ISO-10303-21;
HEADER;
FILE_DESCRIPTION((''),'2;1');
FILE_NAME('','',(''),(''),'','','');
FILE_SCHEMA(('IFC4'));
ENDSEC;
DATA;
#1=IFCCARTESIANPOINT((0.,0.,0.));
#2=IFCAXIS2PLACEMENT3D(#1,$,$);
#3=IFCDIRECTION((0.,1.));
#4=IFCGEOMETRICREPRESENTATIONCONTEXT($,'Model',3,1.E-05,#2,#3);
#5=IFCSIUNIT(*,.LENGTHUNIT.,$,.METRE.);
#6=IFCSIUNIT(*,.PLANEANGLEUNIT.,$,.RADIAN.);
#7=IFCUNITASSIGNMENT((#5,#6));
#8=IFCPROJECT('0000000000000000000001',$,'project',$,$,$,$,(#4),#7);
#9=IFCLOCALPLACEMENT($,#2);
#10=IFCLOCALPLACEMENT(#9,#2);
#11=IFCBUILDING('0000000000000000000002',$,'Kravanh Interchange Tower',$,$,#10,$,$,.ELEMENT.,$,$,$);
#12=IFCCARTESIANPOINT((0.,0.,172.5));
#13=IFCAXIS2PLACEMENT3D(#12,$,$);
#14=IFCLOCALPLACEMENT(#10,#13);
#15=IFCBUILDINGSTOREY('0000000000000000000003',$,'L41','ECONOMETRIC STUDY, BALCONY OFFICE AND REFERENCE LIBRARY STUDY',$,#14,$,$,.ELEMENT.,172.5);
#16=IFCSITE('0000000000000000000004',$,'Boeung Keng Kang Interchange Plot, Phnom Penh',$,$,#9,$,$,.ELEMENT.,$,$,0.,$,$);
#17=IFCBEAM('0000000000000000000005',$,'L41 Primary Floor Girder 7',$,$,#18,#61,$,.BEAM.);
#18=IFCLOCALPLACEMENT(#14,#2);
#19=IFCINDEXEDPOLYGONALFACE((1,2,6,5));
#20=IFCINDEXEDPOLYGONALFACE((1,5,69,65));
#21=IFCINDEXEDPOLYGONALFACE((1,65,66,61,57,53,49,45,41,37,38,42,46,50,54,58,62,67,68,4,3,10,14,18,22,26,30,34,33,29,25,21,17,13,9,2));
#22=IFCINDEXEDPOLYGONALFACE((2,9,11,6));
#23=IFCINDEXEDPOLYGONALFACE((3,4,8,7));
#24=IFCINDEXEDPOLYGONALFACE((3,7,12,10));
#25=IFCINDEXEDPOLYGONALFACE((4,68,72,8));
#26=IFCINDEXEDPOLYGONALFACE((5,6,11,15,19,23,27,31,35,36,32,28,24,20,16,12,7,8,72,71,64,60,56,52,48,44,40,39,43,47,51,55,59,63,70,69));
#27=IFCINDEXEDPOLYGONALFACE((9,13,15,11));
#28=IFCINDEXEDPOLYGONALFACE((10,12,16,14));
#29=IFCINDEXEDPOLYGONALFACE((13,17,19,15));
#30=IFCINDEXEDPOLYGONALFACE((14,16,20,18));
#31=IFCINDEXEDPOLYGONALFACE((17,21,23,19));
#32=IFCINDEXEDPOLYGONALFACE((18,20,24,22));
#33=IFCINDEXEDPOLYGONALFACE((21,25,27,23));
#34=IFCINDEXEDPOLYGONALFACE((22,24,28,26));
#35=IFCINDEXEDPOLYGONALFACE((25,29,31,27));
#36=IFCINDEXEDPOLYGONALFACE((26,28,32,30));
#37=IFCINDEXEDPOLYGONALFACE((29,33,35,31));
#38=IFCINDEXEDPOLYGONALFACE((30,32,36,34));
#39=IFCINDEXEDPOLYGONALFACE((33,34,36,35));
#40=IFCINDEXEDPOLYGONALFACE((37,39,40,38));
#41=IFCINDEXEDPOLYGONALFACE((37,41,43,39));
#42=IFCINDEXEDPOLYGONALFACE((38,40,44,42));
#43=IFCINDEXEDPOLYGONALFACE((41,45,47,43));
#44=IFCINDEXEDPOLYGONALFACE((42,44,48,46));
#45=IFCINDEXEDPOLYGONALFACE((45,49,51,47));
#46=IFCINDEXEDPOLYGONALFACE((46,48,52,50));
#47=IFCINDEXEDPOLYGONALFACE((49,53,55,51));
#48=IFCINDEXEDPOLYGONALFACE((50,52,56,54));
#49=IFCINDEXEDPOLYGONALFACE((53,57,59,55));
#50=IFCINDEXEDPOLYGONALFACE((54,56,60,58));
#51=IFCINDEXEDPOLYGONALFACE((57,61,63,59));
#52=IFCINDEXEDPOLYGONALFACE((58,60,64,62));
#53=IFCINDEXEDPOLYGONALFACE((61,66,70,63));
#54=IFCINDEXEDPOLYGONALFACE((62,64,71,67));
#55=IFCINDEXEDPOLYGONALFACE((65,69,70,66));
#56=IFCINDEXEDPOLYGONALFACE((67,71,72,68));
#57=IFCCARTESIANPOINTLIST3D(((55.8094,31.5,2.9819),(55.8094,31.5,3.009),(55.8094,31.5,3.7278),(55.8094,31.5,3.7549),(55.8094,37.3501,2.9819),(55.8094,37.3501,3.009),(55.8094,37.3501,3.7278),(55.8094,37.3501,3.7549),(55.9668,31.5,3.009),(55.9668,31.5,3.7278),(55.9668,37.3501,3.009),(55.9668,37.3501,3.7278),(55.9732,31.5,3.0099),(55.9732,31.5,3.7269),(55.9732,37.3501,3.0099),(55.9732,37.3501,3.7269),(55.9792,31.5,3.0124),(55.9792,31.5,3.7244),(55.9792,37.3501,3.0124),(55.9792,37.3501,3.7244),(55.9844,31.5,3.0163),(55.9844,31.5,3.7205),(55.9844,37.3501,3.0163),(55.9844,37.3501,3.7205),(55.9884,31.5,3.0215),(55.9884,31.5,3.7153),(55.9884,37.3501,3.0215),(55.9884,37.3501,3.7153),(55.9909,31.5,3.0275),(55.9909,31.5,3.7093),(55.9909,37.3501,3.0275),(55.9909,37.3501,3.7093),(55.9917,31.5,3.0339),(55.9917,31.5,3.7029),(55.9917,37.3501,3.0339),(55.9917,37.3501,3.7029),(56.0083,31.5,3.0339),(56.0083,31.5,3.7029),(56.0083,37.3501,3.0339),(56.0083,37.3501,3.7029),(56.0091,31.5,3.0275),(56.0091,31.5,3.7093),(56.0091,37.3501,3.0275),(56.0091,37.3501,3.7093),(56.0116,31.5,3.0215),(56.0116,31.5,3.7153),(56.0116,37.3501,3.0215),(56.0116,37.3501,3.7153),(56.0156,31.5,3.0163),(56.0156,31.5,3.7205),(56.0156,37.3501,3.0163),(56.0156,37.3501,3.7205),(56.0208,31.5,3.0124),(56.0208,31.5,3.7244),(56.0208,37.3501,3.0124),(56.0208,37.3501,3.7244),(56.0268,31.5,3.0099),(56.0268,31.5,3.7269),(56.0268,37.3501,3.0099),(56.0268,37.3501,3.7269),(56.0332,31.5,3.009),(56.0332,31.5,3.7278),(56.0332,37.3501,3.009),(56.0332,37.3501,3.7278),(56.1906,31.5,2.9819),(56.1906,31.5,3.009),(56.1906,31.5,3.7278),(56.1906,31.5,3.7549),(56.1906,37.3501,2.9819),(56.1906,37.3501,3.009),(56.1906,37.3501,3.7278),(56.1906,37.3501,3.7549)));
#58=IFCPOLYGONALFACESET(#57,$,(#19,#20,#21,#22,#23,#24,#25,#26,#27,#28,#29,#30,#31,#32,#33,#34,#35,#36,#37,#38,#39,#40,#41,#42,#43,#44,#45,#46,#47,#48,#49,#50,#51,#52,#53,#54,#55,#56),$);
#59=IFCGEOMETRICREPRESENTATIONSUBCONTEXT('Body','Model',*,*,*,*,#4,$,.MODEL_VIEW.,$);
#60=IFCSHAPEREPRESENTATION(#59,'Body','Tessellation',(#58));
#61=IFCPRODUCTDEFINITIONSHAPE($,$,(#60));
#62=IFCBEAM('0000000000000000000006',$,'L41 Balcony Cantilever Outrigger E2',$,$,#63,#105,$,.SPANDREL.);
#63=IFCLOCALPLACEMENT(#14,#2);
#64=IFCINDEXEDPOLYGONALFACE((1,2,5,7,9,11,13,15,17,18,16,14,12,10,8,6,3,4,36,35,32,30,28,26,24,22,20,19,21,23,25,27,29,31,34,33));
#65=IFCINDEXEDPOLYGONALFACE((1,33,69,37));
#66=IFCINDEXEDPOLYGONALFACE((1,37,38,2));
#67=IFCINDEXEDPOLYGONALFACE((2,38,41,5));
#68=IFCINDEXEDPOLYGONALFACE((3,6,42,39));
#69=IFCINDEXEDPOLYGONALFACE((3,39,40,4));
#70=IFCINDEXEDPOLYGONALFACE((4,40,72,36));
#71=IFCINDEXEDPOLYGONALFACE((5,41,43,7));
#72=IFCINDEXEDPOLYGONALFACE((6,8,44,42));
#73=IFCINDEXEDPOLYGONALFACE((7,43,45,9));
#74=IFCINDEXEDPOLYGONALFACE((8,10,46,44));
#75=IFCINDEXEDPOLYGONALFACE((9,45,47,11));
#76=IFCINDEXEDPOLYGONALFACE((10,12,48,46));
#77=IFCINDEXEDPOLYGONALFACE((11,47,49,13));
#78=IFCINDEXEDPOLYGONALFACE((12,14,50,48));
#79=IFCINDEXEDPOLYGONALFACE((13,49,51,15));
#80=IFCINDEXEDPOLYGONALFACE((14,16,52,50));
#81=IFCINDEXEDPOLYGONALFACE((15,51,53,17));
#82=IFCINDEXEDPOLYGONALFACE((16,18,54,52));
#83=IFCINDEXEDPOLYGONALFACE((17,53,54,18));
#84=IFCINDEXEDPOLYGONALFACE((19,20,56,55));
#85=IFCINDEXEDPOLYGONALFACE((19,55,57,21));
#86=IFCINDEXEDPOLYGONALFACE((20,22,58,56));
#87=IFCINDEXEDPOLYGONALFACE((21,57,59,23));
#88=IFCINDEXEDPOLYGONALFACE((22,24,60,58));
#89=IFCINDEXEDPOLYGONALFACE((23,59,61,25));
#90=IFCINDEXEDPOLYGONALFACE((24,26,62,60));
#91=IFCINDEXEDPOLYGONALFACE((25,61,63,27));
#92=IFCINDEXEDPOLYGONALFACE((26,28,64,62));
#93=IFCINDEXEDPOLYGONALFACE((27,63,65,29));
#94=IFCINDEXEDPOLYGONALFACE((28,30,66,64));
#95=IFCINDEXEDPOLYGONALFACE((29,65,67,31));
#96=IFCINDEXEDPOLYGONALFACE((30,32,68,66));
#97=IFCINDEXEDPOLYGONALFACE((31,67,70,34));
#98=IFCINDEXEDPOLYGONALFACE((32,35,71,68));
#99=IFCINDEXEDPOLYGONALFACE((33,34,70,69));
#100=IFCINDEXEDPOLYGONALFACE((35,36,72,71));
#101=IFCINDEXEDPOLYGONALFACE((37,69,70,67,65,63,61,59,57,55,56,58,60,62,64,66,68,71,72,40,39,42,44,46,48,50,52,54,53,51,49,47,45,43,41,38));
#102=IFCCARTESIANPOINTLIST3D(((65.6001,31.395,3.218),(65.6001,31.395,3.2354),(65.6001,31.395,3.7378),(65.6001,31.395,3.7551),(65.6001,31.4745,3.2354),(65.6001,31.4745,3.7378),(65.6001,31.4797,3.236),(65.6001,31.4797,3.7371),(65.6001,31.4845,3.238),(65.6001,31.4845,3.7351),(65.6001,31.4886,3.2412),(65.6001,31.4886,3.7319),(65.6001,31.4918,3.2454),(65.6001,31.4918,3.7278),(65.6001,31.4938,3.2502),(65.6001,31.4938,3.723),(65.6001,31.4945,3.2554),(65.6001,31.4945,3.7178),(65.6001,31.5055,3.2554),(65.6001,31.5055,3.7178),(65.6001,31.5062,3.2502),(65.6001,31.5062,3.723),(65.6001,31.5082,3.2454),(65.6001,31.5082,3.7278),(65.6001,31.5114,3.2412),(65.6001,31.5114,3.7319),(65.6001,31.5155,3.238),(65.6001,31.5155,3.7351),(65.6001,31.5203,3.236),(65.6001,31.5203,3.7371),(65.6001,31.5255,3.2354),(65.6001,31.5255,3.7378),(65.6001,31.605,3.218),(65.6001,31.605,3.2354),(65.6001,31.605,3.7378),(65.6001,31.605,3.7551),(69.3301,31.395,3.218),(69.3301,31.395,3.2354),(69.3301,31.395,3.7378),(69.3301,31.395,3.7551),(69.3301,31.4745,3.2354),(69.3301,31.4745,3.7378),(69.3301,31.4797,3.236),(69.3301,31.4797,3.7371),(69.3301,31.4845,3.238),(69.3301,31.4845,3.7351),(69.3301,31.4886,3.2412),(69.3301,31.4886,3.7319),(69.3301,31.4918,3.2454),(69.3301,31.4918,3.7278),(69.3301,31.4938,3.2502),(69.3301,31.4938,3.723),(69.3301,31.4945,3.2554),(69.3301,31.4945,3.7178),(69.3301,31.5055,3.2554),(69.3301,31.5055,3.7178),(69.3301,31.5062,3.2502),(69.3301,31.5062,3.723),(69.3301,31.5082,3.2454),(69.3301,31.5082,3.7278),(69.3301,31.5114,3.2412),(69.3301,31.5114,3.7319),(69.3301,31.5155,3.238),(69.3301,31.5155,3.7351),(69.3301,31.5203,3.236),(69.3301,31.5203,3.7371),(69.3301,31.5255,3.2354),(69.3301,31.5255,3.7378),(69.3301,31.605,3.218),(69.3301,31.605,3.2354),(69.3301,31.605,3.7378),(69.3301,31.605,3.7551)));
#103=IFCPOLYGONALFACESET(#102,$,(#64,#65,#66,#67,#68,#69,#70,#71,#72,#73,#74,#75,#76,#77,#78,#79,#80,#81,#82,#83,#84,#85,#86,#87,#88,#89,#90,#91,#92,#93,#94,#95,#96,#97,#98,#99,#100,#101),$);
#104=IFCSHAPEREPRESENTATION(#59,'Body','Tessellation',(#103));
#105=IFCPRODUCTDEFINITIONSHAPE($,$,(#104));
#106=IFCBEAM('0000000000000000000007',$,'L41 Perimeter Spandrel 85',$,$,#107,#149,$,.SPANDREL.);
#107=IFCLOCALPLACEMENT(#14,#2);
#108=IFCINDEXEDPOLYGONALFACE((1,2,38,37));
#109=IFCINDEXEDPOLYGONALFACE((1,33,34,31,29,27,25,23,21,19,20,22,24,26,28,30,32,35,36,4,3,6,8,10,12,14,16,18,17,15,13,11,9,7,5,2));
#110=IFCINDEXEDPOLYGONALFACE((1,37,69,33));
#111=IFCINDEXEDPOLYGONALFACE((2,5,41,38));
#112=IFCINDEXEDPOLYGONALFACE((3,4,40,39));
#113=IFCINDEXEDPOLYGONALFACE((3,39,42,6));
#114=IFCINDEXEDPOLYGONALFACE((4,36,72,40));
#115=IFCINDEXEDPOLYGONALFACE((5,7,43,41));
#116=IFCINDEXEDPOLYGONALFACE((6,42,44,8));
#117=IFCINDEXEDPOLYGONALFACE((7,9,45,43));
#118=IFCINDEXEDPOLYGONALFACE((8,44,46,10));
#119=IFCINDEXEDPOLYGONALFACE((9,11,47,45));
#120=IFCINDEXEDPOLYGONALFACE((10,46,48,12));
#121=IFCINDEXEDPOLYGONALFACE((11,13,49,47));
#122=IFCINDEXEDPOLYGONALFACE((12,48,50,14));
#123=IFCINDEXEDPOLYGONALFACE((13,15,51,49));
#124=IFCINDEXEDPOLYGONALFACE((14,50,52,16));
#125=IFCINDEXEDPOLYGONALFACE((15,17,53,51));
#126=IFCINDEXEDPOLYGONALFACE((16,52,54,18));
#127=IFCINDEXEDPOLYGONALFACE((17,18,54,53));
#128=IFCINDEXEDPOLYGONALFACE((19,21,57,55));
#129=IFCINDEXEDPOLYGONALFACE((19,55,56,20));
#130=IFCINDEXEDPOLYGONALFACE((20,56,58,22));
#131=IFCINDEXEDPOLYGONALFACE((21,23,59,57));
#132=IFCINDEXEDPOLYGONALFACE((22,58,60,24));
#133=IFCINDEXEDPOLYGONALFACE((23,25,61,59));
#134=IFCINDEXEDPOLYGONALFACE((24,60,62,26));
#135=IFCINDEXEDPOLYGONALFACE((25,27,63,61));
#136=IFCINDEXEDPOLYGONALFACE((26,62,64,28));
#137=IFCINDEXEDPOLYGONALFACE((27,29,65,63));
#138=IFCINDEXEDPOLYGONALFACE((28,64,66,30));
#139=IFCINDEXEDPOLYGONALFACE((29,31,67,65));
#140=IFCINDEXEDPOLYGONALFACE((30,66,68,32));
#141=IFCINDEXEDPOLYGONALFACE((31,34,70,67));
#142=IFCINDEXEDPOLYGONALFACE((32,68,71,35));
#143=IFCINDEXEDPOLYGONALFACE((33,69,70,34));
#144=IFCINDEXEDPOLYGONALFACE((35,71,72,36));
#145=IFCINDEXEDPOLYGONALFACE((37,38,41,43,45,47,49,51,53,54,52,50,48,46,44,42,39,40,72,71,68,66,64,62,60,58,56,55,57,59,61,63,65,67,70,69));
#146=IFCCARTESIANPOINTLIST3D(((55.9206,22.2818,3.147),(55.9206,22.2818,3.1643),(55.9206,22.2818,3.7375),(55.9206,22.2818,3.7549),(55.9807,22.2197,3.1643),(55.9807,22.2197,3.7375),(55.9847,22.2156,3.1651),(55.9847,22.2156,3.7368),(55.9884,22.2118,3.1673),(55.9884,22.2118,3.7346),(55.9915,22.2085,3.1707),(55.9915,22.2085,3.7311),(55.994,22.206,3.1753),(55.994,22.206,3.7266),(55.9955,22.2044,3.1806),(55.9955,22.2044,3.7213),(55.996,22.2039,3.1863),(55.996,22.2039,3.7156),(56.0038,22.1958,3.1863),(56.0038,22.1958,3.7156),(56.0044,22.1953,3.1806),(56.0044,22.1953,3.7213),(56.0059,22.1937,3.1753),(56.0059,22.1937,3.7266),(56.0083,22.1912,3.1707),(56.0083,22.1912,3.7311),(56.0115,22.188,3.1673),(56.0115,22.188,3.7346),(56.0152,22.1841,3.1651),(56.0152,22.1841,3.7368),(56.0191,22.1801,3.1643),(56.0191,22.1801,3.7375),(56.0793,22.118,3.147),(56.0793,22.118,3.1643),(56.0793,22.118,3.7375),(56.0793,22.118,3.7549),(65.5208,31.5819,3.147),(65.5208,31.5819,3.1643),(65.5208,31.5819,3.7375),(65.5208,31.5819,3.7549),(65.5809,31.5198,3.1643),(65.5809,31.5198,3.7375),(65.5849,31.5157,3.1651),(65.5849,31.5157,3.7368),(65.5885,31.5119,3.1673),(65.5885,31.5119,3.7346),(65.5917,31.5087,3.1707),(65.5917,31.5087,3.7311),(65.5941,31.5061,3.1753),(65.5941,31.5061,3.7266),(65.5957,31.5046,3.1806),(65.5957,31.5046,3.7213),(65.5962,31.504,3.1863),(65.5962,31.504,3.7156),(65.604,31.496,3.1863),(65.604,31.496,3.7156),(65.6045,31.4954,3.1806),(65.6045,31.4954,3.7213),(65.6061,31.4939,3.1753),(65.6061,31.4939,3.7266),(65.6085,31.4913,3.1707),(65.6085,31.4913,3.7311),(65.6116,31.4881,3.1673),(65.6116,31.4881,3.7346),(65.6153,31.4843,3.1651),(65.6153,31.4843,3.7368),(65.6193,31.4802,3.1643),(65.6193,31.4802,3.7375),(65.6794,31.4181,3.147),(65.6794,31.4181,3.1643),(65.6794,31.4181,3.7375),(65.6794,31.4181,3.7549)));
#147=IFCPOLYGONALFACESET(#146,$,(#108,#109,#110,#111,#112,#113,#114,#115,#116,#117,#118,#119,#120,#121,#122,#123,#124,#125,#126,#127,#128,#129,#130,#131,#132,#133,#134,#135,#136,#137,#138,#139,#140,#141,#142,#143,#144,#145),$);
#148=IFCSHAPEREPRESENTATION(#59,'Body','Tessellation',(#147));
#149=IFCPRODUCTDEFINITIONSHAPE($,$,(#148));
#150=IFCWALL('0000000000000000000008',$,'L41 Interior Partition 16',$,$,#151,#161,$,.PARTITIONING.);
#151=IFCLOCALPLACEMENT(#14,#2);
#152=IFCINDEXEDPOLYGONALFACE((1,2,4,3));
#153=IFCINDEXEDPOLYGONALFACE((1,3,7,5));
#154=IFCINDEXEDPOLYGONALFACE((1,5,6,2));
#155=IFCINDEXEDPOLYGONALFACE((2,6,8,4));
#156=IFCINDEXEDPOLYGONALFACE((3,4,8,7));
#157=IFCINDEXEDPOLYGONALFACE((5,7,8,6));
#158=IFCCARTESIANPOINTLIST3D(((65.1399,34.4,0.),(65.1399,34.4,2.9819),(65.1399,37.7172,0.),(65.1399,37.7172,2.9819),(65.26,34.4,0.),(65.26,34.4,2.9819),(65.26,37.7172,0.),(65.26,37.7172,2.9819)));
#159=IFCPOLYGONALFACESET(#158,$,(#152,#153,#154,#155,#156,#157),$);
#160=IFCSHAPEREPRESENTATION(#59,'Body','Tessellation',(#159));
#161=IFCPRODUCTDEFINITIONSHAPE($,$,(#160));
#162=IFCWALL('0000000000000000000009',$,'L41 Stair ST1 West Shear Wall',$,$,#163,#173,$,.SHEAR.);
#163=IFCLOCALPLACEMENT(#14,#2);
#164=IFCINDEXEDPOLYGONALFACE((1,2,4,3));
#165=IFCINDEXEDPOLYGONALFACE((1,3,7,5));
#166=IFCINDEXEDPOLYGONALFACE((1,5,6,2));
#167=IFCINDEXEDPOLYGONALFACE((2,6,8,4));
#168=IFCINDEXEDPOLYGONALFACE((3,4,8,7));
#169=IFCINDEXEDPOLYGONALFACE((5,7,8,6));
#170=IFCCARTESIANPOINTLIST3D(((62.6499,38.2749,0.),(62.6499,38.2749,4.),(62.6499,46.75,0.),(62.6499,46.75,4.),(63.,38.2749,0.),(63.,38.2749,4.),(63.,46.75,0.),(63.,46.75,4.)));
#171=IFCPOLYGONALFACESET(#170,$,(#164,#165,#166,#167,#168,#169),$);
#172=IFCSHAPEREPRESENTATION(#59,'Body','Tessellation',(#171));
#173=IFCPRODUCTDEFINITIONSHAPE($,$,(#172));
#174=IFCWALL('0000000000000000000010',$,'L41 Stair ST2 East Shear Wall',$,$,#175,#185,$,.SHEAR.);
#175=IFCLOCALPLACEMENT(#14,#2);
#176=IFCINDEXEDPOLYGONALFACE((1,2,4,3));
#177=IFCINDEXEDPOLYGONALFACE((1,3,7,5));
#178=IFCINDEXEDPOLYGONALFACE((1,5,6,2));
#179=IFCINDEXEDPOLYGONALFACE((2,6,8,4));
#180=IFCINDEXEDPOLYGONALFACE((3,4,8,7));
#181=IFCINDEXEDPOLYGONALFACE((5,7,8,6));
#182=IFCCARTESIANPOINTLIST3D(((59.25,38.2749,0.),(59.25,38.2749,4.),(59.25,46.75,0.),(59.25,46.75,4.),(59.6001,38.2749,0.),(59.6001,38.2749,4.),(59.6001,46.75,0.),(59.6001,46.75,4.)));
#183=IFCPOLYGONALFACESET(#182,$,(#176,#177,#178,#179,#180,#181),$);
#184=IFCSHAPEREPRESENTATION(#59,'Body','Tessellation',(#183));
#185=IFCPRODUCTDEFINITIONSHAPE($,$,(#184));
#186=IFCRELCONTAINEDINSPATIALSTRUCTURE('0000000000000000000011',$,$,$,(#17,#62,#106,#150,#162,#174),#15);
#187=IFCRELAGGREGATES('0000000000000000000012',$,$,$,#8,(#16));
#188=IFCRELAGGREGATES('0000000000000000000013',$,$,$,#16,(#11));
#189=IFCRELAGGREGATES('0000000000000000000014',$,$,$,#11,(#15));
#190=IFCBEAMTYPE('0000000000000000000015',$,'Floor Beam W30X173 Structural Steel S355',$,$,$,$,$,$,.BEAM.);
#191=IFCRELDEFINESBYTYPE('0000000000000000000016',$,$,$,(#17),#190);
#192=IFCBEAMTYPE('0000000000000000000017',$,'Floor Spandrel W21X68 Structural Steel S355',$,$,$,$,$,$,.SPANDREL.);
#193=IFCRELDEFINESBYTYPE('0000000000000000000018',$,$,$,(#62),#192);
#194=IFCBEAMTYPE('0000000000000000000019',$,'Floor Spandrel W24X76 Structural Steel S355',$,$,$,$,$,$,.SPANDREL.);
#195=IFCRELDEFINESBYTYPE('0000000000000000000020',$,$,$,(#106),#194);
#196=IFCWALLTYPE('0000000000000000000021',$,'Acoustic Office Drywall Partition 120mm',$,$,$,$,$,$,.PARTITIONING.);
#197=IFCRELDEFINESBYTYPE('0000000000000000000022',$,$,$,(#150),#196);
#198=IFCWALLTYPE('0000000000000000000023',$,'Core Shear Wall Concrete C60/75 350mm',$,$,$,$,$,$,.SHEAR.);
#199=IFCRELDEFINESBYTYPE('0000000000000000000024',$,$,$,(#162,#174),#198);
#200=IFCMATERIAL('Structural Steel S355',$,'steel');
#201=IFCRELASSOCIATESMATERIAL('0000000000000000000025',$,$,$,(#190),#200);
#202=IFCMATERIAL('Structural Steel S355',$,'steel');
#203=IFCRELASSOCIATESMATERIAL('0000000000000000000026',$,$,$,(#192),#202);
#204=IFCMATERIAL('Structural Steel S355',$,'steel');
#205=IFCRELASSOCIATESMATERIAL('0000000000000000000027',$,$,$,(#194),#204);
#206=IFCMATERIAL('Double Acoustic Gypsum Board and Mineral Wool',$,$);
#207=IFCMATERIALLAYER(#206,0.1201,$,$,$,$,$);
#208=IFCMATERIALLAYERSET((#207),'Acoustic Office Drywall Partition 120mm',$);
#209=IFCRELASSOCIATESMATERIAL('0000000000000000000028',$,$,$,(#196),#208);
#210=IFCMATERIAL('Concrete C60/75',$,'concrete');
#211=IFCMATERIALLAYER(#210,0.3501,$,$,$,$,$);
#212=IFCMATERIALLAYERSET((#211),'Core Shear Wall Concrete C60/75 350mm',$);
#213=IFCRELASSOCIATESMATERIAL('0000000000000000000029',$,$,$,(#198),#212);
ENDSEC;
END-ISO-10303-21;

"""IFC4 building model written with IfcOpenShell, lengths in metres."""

from ifc_helpers import new_model, si_unit, direction, frame, frame_2d, origin, origin_2d, place, context, subcontext, project, spatial, rectangle, i_section, extrude, material, layer, layer_set, material_profile, profile_set, type_object, element, save


model = new_model("IFC4")

# Units and contexts
model_context = context("Model", 3, precision=1e-05, world=origin(), true_north=direction((0.0, 1.0)))
body_context = subcontext(model_context, "Body", "Model", "MODEL_VIEW")
ifc_project = project(units=[si_unit("LENGTHUNIT", "METRE"), si_unit("PLANEANGLEUNIT", "RADIAN")], contexts=[model_context])

# Site, building, storey
site_placement = place(None, origin())
site = spatial("IfcSite", under=ifc_project, at=site_placement, Name="Boeung Keng Kang Interchange Plot, Phnom Penh", CompositionType="ELEMENT", RefElevation=0.0)
building_placement = place(site_placement, origin())
building = spatial("IfcBuilding", under=site, at=building_placement, Name="Kravanh Interchange Tower", CompositionType="ELEMENT")
storey_placement = place(building_placement, frame((0.0, 0.0, 172.5)))
storey = spatial("IfcBuildingStorey", under=building, at=storey_placement, Name="L41", Description="ECONOMETRIC STUDY, BALCONY OFFICE AND REFERENCE LIBRARY STUDY", CompositionType="ELEMENT", Elevation=172.5)

# Beams
ifc_material_1 = material(Name="Structural Steel S355", Category="steel")
ifc_material_profile_1 = material_profile(ifc_material_1, i_section(OverallWidth=0.3811, OverallDepth=0.7729, WebThickness=0.0166, FlangeThickness=0.0271, FilletRadius=0.0249, at=origin_2d()), Name="W30X173")
ifc_profile_set_1 = profile_set([ifc_material_profile_1], Name="Structural Steel S355")
beam_type_1 = type_object("IfcBeamType", Name="Floor Beam W30X173 Structural Steel S355", PredefinedType="BEAM", material=ifc_profile_set_1)
beam_1_placement = place(storey_placement, frame((56.0, 37.3501, 3.3684), z_axis=(0.0, -1.0, 0.0), x_axis=(1.0, 0.0, 0.0)))
element("IfcBeam", 1, at=beam_1_placement, inside=storey, type_object=beam_type_1, Name="L41 Primary Floor Girder 7", PredefinedType="BEAM", context=body_context, shape_type="SweptSolid", body=[
    extrude(i_section(OverallWidth=0.3811, OverallDepth=0.7729, WebThickness=0.0166, FlangeThickness=0.0271, FilletRadius=0.0249, at=origin_2d()), origin(), (0.0, 0.0, 1.0), 5.8501),
])
ifc_material_2 = material(Name="Structural Steel S355", Category="steel")
ifc_material_profile_2 = material_profile(ifc_material_2, i_section(OverallWidth=0.21, OverallDepth=0.5371, WebThickness=0.011, FlangeThickness=0.0173, FilletRadius=0.02, at=origin_2d()), Name="W21X68")
ifc_profile_set_2 = profile_set([ifc_material_profile_2], Name="Structural Steel S355")
beam_type_2 = type_object("IfcBeamType", Name="Floor Spandrel W21X68 Structural Steel S355", PredefinedType="SPANDREL", material=ifc_profile_set_2)
beam_2_placement = place(storey_placement, frame((65.6001, 31.5, 3.4866), z_axis=(1.0, 0.0, 0.0), x_axis=(0.0, 1.0, 0.0)))
element("IfcBeam", 2, at=beam_2_placement, inside=storey, type_object=beam_type_2, Name="L41 Balcony Cantilever Outrigger E2", PredefinedType="SPANDREL", context=body_context, shape_type="SweptSolid", body=[
    extrude(i_section(OverallWidth=0.21, OverallDepth=0.5371, WebThickness=0.011, FlangeThickness=0.0173, FilletRadius=0.02, at=origin_2d()), origin(), (0.0, 0.0, 1.0), 3.73),
])
ifc_material_3 = material(Name="Structural Steel S355", Category="steel")
ifc_material_profile_3 = material_profile(ifc_material_3, i_section(OverallWidth=0.228, OverallDepth=0.6079, WebThickness=0.0112, FlangeThickness=0.0173, FilletRadius=0.022, at=origin_2d()), Name="W24X76")
ifc_profile_set_3 = profile_set([ifc_material_profile_3], Name="Structural Steel S355")
beam_type_3 = type_object("IfcBeamType", Name="Floor Spandrel W24X76 Structural Steel S355", PredefinedType="SPANDREL", material=ifc_profile_set_3)
beam_3_placement = place(storey_placement, frame((65.6001, 31.5, 3.4509), z_axis=(-0.718242, -0.695793, 0.0), x_axis=(0.695793, -0.718242, 0.0)))
element("IfcBeam", 3, at=beam_3_placement, inside=storey, type_object=beam_type_3, Name="L41 Perimeter Spandrel 85", PredefinedType="SPANDREL", context=body_context, shape_type="SweptSolid", body=[
    extrude(i_section(OverallWidth=0.228, OverallDepth=0.6079, WebThickness=0.0112, FlangeThickness=0.0173, FilletRadius=0.022, at=origin_2d()), origin(), (0.0, 0.0, 1.0), 13.3662),
])

# Walls
ifc_material_4 = material(Name="Double Acoustic Gypsum Board and Mineral Wool")
ifc_layer_1 = layer(ifc_material_4, 0.1201)
ifc_layer_set_1 = layer_set([ifc_layer_1], Name="Acoustic Office Drywall Partition 120mm")
wall_type_1 = type_object("IfcWallType", Name="Acoustic Office Drywall Partition 120mm", PredefinedType="PARTITIONING", material=ifc_layer_set_1)
wall_1_placement = place(storey_placement, frame((65.2, 34.3999, 0.0), z_axis=(0.0, 0.0, 1.0), x_axis=(0.0, 1.0, 0.0)))
element("IfcWall", 4, at=wall_1_placement, inside=storey, type_object=wall_type_1, Name="L41 Interior Partition 16", PredefinedType="PARTITIONING", context=body_context, shape_type="SweptSolid", body=[
    extrude(rectangle(XDim=3.3171, YDim=0.1201, at=frame_2d((1.6587, 0.0))), origin(), (0.0, 0.0, 1.0), 2.9819),
])
ifc_material_5 = material(Name="Concrete C60/75", Category="concrete")
ifc_layer_2 = layer(ifc_material_5, 0.3501)
ifc_layer_set_2 = layer_set([ifc_layer_2], Name="Core Shear Wall Concrete C60/75 350mm")
wall_type_2 = type_object("IfcWallType", Name="Core Shear Wall Concrete C60/75 350mm", PredefinedType="SHEAR", material=ifc_layer_set_2)
for number, where, z_axis, x_axis, name in (
    (5, (62.825, 38.2749, 0.0), (0.0, 0.0, 1.0), (0.0, 1.0, 0.0), "L41 Stair ST1 West Shear Wall"),
    (6, (59.425, 38.2749, 0.0), (0.0, 0.0, 1.0), (0.0, 1.0, 0.0), "L41 Stair ST2 East Shear Wall"),
):
    element("IfcWall", number, at=place(storey_placement, frame(where, z_axis=z_axis, x_axis=x_axis)), inside=storey, type_object=wall_type_2, Name=name, PredefinedType="SHEAR", context=body_context, shape_type="SweptSolid", body=[
        extrude(rectangle(XDim=8.4751, YDim=0.3501, at=frame_2d((4.2375, 0.0))), origin(), (0.0, 0.0, 1.0), 4.0),
    ])

save(model, "model.ifc")
